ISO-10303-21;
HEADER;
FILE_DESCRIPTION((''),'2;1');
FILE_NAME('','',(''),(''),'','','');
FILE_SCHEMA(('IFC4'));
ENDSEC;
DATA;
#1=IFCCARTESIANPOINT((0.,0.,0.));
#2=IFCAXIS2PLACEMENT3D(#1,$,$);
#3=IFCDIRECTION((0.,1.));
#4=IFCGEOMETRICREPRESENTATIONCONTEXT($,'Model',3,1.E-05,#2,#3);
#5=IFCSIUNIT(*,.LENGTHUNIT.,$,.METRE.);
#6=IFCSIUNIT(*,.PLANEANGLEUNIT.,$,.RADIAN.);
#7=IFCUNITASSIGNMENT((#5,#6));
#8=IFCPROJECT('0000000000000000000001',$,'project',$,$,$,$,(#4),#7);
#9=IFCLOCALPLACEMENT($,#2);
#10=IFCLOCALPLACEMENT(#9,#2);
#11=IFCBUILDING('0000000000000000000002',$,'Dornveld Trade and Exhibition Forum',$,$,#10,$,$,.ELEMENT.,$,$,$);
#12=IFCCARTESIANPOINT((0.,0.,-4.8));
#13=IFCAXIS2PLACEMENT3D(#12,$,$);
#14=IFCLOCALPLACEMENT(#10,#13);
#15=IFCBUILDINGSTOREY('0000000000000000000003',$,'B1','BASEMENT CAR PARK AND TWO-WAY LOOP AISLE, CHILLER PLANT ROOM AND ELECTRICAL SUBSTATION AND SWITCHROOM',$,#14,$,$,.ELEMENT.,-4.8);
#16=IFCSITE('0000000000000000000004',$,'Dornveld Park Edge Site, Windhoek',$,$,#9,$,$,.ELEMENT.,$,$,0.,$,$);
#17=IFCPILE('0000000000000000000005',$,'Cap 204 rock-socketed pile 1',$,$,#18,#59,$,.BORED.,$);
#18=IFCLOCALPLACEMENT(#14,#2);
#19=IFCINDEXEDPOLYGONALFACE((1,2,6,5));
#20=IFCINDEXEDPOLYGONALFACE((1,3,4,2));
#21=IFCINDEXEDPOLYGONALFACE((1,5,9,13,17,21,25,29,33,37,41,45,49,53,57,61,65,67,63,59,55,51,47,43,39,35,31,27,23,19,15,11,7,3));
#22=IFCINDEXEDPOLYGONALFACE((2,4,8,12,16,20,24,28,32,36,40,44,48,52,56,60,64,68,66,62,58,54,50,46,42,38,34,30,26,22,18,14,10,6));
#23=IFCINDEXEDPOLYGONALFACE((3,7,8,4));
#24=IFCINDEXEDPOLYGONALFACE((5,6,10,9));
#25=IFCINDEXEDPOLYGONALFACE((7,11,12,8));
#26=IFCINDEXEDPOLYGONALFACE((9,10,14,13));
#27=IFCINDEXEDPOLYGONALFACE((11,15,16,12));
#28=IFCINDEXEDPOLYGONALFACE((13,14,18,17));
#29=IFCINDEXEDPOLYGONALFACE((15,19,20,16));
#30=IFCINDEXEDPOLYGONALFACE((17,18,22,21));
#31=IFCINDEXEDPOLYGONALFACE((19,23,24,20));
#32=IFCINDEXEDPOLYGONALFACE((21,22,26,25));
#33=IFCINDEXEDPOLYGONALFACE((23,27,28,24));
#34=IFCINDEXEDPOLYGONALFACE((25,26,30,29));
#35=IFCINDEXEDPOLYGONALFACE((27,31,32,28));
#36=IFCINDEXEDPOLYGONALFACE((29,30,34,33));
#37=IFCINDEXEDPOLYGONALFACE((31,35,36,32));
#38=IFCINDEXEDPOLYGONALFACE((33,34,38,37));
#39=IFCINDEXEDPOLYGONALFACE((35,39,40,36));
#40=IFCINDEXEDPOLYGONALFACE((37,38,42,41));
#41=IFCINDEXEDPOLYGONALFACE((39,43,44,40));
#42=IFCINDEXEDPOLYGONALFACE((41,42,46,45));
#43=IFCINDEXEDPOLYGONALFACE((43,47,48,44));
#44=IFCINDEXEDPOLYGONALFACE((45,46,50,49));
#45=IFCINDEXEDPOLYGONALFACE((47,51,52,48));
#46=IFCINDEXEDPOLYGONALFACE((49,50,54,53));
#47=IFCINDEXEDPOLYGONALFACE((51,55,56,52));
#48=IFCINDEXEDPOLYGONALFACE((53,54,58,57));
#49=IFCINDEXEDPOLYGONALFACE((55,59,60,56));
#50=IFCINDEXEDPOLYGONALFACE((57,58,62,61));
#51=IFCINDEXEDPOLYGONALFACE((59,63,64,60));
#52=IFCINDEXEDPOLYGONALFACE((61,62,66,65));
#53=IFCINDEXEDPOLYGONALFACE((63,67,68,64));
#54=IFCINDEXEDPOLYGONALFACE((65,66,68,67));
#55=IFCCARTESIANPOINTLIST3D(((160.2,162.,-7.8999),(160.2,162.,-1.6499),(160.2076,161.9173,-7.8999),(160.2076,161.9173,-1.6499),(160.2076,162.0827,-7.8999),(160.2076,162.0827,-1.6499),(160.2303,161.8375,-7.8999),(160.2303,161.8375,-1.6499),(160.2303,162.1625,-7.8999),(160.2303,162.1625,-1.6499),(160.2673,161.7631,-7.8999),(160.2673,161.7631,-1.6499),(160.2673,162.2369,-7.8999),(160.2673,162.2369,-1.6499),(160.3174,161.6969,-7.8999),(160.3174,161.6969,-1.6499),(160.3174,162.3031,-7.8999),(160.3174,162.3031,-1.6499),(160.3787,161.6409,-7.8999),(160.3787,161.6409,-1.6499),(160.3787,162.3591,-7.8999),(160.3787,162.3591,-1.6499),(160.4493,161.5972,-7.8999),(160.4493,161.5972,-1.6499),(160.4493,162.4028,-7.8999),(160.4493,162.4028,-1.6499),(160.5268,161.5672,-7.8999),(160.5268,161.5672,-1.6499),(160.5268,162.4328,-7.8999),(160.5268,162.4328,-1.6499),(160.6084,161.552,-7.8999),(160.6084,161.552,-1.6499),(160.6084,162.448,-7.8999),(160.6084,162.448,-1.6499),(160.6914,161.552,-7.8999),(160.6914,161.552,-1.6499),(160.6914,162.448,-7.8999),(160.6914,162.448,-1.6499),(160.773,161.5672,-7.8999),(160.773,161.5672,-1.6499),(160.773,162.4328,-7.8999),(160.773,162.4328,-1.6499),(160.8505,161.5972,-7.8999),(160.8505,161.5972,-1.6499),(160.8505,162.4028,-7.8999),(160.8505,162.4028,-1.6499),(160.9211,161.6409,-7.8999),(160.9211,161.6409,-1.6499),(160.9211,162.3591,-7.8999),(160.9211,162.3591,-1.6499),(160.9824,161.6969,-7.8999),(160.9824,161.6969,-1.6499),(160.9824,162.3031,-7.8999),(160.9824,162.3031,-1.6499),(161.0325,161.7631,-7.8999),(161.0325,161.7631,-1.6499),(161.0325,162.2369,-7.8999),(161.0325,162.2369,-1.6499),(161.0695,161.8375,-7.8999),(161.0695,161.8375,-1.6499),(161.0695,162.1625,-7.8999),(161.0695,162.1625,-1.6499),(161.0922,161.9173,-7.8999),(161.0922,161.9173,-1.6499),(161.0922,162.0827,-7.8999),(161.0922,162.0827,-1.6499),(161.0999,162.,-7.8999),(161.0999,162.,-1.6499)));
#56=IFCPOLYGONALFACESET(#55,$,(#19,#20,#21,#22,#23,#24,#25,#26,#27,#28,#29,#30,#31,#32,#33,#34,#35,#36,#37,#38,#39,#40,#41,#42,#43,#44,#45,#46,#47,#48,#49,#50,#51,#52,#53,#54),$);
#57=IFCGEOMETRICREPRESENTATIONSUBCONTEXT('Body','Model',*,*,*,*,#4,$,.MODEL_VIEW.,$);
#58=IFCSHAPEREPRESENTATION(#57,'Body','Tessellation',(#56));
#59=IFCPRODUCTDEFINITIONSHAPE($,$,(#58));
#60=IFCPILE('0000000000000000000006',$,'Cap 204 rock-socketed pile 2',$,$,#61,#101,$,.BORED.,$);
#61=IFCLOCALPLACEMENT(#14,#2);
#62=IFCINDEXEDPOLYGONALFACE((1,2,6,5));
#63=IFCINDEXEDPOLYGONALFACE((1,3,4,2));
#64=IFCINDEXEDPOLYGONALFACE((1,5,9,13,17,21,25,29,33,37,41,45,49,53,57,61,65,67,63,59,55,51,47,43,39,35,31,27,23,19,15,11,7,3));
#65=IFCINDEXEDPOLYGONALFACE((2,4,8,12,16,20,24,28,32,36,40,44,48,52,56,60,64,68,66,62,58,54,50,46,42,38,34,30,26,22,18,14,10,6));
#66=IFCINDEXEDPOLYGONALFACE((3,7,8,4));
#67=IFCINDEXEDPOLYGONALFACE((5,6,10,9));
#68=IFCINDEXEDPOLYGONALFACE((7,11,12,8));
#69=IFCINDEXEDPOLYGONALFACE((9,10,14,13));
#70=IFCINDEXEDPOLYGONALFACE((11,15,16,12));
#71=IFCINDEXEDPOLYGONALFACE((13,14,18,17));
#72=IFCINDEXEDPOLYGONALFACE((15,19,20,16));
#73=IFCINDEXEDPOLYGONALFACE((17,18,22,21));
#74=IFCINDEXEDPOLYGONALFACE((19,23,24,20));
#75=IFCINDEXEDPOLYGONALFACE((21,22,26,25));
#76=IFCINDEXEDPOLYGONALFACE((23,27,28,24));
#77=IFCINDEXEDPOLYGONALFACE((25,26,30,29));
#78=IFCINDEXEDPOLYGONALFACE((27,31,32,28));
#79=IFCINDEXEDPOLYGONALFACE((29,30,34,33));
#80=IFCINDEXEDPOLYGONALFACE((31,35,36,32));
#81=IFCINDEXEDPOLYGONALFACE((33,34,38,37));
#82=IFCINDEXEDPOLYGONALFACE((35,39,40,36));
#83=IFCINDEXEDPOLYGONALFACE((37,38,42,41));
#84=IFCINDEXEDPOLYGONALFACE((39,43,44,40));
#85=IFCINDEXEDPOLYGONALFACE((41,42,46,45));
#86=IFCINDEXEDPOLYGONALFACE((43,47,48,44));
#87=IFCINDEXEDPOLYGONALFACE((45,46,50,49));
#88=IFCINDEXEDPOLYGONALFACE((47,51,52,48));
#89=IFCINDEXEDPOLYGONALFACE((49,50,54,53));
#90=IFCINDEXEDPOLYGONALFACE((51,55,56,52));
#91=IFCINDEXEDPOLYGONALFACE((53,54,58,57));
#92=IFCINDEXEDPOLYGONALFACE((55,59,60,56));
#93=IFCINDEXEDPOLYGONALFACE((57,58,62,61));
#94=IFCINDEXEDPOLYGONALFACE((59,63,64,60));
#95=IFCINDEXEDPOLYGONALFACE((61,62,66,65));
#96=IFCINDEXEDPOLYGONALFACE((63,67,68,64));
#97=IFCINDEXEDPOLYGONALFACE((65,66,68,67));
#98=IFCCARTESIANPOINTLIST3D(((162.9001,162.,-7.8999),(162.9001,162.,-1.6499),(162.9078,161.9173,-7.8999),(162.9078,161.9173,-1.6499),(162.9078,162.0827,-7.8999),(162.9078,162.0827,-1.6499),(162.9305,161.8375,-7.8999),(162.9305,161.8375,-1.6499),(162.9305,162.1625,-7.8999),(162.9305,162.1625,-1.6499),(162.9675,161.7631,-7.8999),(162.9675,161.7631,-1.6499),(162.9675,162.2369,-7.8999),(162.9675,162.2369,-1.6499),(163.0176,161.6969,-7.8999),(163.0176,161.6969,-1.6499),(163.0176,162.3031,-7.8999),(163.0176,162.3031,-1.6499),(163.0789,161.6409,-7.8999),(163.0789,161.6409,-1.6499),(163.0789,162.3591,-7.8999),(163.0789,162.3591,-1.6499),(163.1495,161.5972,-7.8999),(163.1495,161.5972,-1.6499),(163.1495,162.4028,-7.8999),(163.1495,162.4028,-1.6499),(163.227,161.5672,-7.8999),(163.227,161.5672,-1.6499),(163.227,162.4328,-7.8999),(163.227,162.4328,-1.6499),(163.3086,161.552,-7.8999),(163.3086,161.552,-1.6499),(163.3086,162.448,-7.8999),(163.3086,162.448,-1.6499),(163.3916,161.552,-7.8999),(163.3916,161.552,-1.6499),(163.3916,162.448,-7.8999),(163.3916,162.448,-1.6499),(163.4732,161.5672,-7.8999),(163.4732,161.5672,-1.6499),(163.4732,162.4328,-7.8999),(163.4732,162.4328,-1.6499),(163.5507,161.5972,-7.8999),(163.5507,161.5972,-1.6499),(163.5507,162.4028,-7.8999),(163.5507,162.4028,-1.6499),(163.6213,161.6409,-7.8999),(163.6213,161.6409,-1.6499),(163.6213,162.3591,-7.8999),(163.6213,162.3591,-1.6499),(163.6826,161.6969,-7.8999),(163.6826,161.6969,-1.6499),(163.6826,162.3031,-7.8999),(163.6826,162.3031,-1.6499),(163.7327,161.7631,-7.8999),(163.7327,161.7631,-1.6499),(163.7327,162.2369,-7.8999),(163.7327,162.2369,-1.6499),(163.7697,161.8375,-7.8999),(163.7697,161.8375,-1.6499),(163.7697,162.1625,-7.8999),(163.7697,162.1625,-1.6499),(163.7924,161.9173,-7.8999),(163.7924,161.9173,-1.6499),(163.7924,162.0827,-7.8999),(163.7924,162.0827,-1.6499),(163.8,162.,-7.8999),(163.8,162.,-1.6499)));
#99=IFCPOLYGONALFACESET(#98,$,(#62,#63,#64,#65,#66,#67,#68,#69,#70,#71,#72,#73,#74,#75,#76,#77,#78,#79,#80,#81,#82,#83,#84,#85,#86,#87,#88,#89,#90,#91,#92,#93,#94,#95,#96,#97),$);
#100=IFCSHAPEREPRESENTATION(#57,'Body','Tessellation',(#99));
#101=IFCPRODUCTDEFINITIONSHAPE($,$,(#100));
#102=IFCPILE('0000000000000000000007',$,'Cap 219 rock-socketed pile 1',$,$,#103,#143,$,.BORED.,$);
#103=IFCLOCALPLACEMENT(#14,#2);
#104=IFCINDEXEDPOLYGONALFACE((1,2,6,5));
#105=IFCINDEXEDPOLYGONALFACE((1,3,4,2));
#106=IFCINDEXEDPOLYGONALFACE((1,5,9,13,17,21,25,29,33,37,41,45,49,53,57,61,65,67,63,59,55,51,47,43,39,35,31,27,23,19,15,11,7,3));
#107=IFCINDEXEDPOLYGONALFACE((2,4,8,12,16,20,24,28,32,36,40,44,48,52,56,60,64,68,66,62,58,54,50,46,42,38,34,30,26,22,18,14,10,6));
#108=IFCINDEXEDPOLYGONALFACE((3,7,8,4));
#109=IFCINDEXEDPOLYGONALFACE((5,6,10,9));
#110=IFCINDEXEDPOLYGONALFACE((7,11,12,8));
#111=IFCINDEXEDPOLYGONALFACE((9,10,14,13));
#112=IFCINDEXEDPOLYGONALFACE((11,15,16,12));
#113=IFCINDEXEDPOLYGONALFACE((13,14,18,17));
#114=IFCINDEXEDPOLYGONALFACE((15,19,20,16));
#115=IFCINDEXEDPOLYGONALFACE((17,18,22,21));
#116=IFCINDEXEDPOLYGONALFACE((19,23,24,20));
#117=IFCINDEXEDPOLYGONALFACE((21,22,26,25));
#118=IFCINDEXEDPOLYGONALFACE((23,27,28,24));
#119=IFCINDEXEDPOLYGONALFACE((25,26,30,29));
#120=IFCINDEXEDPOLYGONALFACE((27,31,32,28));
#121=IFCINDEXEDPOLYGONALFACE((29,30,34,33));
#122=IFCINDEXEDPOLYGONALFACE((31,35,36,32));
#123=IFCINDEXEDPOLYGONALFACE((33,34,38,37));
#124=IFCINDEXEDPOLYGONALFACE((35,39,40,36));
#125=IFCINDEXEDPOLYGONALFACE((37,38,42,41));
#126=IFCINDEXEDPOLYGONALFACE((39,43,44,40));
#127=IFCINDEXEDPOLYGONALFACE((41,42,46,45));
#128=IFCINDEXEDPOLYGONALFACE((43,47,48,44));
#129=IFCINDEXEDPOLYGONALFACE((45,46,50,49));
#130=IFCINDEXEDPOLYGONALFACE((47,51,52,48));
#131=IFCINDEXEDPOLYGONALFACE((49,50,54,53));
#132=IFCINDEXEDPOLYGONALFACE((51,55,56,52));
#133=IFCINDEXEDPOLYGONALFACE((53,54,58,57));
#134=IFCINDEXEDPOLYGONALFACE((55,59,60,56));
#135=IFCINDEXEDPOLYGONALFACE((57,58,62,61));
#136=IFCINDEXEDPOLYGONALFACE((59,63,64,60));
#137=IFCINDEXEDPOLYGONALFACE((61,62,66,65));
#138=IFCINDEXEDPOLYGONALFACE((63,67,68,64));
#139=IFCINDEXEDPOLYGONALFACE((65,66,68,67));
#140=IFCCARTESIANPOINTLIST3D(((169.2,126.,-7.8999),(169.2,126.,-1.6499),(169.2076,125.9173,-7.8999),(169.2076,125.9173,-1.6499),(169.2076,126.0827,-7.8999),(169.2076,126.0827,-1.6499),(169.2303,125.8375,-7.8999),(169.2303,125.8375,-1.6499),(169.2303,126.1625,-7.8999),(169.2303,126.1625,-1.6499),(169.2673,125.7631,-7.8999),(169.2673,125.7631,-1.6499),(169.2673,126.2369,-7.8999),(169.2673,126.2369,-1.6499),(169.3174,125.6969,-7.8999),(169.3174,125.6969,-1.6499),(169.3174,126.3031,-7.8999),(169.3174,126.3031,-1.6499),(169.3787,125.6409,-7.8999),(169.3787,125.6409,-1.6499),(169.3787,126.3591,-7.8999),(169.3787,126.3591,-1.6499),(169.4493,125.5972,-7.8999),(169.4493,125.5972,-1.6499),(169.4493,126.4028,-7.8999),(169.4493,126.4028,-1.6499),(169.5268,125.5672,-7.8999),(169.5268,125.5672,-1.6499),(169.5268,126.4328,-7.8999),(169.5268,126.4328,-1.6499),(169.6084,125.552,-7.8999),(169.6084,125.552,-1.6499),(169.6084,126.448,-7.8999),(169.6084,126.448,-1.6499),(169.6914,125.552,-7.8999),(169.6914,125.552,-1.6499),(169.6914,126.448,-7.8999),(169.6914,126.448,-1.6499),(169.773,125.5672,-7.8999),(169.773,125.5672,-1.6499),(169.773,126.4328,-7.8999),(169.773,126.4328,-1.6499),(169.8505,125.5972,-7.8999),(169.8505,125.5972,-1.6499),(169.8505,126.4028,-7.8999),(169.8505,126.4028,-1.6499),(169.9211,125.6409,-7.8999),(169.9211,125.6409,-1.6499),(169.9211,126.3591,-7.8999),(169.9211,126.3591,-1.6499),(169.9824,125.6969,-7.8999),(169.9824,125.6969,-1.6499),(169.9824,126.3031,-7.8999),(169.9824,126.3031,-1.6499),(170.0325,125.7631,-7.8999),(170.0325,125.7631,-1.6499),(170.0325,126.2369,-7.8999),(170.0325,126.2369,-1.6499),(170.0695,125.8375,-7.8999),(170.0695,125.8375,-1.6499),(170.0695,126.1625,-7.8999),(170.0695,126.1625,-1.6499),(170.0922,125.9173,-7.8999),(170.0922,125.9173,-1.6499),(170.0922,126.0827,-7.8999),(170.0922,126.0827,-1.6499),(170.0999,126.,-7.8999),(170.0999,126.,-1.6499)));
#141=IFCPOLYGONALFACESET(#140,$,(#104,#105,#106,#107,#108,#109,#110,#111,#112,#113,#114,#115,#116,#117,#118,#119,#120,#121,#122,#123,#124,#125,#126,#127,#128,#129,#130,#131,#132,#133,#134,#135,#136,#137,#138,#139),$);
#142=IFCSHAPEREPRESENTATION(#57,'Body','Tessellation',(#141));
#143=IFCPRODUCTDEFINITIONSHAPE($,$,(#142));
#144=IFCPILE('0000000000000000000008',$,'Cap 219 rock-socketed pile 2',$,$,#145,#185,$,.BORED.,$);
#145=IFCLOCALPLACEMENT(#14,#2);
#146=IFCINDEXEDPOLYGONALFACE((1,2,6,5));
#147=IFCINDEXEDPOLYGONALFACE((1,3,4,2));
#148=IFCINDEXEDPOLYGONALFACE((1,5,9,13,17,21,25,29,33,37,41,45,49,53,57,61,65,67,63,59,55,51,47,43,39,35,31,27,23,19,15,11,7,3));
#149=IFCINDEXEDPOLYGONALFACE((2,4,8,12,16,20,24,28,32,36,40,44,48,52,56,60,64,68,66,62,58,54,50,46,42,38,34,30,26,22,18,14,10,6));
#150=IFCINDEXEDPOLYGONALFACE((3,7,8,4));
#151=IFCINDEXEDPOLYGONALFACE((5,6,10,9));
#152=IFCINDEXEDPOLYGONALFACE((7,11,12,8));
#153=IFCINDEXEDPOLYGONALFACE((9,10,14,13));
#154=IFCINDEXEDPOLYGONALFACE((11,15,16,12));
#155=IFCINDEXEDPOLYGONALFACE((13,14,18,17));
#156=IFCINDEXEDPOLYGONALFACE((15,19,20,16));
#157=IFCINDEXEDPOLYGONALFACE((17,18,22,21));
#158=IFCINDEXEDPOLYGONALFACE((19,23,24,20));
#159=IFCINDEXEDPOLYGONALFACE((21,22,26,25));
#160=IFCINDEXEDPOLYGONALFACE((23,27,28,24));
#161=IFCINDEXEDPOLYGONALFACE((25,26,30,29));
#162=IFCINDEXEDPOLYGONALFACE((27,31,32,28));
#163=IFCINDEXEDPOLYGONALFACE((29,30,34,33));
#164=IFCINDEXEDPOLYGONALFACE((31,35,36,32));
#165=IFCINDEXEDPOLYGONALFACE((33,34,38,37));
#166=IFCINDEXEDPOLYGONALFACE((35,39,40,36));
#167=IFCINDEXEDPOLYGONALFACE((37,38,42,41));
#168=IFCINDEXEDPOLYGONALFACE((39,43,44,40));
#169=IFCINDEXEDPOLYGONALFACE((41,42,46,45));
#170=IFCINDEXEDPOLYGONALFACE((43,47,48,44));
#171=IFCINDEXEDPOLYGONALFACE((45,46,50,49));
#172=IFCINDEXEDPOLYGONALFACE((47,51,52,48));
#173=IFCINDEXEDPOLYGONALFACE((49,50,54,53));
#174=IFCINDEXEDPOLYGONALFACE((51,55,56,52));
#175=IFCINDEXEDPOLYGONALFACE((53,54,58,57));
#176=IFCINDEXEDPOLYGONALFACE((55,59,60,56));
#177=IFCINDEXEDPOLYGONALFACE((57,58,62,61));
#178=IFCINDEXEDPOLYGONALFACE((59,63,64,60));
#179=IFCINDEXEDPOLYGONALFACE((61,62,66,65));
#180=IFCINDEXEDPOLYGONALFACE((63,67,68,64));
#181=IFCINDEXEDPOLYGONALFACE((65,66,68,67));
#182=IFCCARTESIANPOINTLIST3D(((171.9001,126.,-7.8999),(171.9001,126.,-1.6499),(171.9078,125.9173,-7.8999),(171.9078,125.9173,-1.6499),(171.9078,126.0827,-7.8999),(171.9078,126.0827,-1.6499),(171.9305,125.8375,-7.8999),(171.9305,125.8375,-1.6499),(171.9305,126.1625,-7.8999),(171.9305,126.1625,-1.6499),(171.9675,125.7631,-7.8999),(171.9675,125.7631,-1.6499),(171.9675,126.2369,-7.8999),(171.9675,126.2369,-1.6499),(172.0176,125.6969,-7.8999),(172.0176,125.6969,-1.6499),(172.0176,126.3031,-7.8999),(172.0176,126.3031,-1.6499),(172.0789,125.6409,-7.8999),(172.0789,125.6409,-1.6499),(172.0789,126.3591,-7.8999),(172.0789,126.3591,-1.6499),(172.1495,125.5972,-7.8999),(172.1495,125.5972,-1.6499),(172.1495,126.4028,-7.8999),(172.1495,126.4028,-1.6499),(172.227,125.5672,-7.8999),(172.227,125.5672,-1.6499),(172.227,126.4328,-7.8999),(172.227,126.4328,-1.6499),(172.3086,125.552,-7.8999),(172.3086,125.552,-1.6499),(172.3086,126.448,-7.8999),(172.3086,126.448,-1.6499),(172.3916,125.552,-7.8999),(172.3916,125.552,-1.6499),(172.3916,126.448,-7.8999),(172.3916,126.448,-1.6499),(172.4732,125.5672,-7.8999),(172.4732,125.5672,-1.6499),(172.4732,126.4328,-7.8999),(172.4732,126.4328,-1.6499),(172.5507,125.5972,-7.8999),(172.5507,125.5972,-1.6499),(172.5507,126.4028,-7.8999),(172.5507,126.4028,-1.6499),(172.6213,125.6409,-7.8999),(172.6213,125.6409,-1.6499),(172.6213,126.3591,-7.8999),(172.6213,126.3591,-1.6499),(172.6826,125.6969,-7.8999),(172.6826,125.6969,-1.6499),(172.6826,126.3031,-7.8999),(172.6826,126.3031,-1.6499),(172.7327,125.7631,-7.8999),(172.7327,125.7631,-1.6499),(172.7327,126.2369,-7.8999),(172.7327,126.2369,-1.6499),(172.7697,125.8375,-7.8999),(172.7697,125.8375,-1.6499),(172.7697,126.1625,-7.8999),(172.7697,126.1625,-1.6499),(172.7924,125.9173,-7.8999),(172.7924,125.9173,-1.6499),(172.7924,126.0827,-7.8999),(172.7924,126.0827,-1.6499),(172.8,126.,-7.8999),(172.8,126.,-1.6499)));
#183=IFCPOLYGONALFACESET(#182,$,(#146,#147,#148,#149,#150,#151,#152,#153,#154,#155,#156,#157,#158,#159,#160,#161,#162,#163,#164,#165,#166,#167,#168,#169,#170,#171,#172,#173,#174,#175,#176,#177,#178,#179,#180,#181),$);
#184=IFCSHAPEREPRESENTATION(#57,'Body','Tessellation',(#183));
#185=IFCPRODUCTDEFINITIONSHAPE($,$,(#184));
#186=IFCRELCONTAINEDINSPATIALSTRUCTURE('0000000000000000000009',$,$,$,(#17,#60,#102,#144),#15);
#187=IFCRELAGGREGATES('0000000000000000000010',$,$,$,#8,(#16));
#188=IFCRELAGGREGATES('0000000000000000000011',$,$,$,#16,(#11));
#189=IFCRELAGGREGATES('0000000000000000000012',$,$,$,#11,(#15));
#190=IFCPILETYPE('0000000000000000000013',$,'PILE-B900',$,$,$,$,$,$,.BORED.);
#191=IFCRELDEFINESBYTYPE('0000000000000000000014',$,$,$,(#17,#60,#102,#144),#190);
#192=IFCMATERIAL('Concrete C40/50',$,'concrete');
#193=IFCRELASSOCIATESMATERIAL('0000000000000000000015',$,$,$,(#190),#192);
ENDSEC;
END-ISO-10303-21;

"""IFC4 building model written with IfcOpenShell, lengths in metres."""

from ifc_helpers import new_model, si_unit, direction, frame, origin, origin_2d, place, context, subcontext, project, spatial, circle, extrude, material, material_profile, profile_set, type_object, element, save


model = new_model("IFC4")

# Units and contexts
model_context = context("Model", 3, precision=1e-05, world=origin(), true_north=direction((0.0, 1.0)))
body_context = subcontext(model_context, "Body", "Model", "MODEL_VIEW")
ifc_project = project(units=[si_unit("LENGTHUNIT", "METRE"), si_unit("PLANEANGLEUNIT", "RADIAN")], contexts=[model_context])

# Site, building, storey
site_placement = place(None, origin())
site = spatial("IfcSite", under=ifc_project, at=site_placement, Name="Dornveld Park Edge Site, Windhoek", CompositionType="ELEMENT", RefElevation=0.0)
building_placement = place(site_placement, origin())
building = spatial("IfcBuilding", under=site, at=building_placement, Name="Dornveld Trade and Exhibition Forum", CompositionType="ELEMENT")
storey_placement = place(building_placement, frame((0.0, 0.0, -4.8)))
storey = spatial("IfcBuildingStorey", under=building, at=storey_placement, Name="B1", Description="BASEMENT CAR PARK AND TWO-WAY LOOP AISLE, CHILLER PLANT ROOM AND ELECTRICAL SUBSTATION AND SWITCHROOM", CompositionType="ELEMENT", Elevation=-4.8)

# Piles
ifc_material_1 = material(Name="Concrete C40/50", Category="concrete")
ifc_material_profile_1 = material_profile(ifc_material_1, circle(Radius=0.45, at=origin_2d()), Name="PILE D900")
ifc_profile_set_1 = profile_set([ifc_material_profile_1], Name="Concrete C40/50")
pile_type = type_object("IfcPileType", Name="PILE-B900", PredefinedType="BORED", material=ifc_profile_set_1)
for number, where, z_axis, x_axis, name in (
    (1, (160.6499, 162.0, -1.6499), (0.0, 0.0, -1.0), (1.0, 0.0, 0.0), "Cap 204 rock-socketed pile 1"),
    (2, (163.3501, 162.0, -1.6499), (0.0, 0.0, -1.0), (1.0, 0.0, 0.0), "Cap 204 rock-socketed pile 2"),
    (3, (169.6499, 126.0, -1.6499), (0.0, 0.0, -1.0), (1.0, 0.0, 0.0), "Cap 219 rock-socketed pile 1"),
    (4, (172.3501, 126.0, -1.6499), (0.0, 0.0, -1.0), (1.0, 0.0, 0.0), "Cap 219 rock-socketed pile 2"),
):
    element("IfcPile", number, at=place(storey_placement, frame(where, z_axis=z_axis, x_axis=x_axis)), inside=storey, type_object=pile_type, Name=name, PredefinedType="BORED", context=body_context, shape_type="SweptSolid", body=[
        extrude(circle(Radius=0.45, at=origin_2d()), origin(), (0.0, 0.0, 1.0), 6.25),
    ])

save(model, "model.ifc")
